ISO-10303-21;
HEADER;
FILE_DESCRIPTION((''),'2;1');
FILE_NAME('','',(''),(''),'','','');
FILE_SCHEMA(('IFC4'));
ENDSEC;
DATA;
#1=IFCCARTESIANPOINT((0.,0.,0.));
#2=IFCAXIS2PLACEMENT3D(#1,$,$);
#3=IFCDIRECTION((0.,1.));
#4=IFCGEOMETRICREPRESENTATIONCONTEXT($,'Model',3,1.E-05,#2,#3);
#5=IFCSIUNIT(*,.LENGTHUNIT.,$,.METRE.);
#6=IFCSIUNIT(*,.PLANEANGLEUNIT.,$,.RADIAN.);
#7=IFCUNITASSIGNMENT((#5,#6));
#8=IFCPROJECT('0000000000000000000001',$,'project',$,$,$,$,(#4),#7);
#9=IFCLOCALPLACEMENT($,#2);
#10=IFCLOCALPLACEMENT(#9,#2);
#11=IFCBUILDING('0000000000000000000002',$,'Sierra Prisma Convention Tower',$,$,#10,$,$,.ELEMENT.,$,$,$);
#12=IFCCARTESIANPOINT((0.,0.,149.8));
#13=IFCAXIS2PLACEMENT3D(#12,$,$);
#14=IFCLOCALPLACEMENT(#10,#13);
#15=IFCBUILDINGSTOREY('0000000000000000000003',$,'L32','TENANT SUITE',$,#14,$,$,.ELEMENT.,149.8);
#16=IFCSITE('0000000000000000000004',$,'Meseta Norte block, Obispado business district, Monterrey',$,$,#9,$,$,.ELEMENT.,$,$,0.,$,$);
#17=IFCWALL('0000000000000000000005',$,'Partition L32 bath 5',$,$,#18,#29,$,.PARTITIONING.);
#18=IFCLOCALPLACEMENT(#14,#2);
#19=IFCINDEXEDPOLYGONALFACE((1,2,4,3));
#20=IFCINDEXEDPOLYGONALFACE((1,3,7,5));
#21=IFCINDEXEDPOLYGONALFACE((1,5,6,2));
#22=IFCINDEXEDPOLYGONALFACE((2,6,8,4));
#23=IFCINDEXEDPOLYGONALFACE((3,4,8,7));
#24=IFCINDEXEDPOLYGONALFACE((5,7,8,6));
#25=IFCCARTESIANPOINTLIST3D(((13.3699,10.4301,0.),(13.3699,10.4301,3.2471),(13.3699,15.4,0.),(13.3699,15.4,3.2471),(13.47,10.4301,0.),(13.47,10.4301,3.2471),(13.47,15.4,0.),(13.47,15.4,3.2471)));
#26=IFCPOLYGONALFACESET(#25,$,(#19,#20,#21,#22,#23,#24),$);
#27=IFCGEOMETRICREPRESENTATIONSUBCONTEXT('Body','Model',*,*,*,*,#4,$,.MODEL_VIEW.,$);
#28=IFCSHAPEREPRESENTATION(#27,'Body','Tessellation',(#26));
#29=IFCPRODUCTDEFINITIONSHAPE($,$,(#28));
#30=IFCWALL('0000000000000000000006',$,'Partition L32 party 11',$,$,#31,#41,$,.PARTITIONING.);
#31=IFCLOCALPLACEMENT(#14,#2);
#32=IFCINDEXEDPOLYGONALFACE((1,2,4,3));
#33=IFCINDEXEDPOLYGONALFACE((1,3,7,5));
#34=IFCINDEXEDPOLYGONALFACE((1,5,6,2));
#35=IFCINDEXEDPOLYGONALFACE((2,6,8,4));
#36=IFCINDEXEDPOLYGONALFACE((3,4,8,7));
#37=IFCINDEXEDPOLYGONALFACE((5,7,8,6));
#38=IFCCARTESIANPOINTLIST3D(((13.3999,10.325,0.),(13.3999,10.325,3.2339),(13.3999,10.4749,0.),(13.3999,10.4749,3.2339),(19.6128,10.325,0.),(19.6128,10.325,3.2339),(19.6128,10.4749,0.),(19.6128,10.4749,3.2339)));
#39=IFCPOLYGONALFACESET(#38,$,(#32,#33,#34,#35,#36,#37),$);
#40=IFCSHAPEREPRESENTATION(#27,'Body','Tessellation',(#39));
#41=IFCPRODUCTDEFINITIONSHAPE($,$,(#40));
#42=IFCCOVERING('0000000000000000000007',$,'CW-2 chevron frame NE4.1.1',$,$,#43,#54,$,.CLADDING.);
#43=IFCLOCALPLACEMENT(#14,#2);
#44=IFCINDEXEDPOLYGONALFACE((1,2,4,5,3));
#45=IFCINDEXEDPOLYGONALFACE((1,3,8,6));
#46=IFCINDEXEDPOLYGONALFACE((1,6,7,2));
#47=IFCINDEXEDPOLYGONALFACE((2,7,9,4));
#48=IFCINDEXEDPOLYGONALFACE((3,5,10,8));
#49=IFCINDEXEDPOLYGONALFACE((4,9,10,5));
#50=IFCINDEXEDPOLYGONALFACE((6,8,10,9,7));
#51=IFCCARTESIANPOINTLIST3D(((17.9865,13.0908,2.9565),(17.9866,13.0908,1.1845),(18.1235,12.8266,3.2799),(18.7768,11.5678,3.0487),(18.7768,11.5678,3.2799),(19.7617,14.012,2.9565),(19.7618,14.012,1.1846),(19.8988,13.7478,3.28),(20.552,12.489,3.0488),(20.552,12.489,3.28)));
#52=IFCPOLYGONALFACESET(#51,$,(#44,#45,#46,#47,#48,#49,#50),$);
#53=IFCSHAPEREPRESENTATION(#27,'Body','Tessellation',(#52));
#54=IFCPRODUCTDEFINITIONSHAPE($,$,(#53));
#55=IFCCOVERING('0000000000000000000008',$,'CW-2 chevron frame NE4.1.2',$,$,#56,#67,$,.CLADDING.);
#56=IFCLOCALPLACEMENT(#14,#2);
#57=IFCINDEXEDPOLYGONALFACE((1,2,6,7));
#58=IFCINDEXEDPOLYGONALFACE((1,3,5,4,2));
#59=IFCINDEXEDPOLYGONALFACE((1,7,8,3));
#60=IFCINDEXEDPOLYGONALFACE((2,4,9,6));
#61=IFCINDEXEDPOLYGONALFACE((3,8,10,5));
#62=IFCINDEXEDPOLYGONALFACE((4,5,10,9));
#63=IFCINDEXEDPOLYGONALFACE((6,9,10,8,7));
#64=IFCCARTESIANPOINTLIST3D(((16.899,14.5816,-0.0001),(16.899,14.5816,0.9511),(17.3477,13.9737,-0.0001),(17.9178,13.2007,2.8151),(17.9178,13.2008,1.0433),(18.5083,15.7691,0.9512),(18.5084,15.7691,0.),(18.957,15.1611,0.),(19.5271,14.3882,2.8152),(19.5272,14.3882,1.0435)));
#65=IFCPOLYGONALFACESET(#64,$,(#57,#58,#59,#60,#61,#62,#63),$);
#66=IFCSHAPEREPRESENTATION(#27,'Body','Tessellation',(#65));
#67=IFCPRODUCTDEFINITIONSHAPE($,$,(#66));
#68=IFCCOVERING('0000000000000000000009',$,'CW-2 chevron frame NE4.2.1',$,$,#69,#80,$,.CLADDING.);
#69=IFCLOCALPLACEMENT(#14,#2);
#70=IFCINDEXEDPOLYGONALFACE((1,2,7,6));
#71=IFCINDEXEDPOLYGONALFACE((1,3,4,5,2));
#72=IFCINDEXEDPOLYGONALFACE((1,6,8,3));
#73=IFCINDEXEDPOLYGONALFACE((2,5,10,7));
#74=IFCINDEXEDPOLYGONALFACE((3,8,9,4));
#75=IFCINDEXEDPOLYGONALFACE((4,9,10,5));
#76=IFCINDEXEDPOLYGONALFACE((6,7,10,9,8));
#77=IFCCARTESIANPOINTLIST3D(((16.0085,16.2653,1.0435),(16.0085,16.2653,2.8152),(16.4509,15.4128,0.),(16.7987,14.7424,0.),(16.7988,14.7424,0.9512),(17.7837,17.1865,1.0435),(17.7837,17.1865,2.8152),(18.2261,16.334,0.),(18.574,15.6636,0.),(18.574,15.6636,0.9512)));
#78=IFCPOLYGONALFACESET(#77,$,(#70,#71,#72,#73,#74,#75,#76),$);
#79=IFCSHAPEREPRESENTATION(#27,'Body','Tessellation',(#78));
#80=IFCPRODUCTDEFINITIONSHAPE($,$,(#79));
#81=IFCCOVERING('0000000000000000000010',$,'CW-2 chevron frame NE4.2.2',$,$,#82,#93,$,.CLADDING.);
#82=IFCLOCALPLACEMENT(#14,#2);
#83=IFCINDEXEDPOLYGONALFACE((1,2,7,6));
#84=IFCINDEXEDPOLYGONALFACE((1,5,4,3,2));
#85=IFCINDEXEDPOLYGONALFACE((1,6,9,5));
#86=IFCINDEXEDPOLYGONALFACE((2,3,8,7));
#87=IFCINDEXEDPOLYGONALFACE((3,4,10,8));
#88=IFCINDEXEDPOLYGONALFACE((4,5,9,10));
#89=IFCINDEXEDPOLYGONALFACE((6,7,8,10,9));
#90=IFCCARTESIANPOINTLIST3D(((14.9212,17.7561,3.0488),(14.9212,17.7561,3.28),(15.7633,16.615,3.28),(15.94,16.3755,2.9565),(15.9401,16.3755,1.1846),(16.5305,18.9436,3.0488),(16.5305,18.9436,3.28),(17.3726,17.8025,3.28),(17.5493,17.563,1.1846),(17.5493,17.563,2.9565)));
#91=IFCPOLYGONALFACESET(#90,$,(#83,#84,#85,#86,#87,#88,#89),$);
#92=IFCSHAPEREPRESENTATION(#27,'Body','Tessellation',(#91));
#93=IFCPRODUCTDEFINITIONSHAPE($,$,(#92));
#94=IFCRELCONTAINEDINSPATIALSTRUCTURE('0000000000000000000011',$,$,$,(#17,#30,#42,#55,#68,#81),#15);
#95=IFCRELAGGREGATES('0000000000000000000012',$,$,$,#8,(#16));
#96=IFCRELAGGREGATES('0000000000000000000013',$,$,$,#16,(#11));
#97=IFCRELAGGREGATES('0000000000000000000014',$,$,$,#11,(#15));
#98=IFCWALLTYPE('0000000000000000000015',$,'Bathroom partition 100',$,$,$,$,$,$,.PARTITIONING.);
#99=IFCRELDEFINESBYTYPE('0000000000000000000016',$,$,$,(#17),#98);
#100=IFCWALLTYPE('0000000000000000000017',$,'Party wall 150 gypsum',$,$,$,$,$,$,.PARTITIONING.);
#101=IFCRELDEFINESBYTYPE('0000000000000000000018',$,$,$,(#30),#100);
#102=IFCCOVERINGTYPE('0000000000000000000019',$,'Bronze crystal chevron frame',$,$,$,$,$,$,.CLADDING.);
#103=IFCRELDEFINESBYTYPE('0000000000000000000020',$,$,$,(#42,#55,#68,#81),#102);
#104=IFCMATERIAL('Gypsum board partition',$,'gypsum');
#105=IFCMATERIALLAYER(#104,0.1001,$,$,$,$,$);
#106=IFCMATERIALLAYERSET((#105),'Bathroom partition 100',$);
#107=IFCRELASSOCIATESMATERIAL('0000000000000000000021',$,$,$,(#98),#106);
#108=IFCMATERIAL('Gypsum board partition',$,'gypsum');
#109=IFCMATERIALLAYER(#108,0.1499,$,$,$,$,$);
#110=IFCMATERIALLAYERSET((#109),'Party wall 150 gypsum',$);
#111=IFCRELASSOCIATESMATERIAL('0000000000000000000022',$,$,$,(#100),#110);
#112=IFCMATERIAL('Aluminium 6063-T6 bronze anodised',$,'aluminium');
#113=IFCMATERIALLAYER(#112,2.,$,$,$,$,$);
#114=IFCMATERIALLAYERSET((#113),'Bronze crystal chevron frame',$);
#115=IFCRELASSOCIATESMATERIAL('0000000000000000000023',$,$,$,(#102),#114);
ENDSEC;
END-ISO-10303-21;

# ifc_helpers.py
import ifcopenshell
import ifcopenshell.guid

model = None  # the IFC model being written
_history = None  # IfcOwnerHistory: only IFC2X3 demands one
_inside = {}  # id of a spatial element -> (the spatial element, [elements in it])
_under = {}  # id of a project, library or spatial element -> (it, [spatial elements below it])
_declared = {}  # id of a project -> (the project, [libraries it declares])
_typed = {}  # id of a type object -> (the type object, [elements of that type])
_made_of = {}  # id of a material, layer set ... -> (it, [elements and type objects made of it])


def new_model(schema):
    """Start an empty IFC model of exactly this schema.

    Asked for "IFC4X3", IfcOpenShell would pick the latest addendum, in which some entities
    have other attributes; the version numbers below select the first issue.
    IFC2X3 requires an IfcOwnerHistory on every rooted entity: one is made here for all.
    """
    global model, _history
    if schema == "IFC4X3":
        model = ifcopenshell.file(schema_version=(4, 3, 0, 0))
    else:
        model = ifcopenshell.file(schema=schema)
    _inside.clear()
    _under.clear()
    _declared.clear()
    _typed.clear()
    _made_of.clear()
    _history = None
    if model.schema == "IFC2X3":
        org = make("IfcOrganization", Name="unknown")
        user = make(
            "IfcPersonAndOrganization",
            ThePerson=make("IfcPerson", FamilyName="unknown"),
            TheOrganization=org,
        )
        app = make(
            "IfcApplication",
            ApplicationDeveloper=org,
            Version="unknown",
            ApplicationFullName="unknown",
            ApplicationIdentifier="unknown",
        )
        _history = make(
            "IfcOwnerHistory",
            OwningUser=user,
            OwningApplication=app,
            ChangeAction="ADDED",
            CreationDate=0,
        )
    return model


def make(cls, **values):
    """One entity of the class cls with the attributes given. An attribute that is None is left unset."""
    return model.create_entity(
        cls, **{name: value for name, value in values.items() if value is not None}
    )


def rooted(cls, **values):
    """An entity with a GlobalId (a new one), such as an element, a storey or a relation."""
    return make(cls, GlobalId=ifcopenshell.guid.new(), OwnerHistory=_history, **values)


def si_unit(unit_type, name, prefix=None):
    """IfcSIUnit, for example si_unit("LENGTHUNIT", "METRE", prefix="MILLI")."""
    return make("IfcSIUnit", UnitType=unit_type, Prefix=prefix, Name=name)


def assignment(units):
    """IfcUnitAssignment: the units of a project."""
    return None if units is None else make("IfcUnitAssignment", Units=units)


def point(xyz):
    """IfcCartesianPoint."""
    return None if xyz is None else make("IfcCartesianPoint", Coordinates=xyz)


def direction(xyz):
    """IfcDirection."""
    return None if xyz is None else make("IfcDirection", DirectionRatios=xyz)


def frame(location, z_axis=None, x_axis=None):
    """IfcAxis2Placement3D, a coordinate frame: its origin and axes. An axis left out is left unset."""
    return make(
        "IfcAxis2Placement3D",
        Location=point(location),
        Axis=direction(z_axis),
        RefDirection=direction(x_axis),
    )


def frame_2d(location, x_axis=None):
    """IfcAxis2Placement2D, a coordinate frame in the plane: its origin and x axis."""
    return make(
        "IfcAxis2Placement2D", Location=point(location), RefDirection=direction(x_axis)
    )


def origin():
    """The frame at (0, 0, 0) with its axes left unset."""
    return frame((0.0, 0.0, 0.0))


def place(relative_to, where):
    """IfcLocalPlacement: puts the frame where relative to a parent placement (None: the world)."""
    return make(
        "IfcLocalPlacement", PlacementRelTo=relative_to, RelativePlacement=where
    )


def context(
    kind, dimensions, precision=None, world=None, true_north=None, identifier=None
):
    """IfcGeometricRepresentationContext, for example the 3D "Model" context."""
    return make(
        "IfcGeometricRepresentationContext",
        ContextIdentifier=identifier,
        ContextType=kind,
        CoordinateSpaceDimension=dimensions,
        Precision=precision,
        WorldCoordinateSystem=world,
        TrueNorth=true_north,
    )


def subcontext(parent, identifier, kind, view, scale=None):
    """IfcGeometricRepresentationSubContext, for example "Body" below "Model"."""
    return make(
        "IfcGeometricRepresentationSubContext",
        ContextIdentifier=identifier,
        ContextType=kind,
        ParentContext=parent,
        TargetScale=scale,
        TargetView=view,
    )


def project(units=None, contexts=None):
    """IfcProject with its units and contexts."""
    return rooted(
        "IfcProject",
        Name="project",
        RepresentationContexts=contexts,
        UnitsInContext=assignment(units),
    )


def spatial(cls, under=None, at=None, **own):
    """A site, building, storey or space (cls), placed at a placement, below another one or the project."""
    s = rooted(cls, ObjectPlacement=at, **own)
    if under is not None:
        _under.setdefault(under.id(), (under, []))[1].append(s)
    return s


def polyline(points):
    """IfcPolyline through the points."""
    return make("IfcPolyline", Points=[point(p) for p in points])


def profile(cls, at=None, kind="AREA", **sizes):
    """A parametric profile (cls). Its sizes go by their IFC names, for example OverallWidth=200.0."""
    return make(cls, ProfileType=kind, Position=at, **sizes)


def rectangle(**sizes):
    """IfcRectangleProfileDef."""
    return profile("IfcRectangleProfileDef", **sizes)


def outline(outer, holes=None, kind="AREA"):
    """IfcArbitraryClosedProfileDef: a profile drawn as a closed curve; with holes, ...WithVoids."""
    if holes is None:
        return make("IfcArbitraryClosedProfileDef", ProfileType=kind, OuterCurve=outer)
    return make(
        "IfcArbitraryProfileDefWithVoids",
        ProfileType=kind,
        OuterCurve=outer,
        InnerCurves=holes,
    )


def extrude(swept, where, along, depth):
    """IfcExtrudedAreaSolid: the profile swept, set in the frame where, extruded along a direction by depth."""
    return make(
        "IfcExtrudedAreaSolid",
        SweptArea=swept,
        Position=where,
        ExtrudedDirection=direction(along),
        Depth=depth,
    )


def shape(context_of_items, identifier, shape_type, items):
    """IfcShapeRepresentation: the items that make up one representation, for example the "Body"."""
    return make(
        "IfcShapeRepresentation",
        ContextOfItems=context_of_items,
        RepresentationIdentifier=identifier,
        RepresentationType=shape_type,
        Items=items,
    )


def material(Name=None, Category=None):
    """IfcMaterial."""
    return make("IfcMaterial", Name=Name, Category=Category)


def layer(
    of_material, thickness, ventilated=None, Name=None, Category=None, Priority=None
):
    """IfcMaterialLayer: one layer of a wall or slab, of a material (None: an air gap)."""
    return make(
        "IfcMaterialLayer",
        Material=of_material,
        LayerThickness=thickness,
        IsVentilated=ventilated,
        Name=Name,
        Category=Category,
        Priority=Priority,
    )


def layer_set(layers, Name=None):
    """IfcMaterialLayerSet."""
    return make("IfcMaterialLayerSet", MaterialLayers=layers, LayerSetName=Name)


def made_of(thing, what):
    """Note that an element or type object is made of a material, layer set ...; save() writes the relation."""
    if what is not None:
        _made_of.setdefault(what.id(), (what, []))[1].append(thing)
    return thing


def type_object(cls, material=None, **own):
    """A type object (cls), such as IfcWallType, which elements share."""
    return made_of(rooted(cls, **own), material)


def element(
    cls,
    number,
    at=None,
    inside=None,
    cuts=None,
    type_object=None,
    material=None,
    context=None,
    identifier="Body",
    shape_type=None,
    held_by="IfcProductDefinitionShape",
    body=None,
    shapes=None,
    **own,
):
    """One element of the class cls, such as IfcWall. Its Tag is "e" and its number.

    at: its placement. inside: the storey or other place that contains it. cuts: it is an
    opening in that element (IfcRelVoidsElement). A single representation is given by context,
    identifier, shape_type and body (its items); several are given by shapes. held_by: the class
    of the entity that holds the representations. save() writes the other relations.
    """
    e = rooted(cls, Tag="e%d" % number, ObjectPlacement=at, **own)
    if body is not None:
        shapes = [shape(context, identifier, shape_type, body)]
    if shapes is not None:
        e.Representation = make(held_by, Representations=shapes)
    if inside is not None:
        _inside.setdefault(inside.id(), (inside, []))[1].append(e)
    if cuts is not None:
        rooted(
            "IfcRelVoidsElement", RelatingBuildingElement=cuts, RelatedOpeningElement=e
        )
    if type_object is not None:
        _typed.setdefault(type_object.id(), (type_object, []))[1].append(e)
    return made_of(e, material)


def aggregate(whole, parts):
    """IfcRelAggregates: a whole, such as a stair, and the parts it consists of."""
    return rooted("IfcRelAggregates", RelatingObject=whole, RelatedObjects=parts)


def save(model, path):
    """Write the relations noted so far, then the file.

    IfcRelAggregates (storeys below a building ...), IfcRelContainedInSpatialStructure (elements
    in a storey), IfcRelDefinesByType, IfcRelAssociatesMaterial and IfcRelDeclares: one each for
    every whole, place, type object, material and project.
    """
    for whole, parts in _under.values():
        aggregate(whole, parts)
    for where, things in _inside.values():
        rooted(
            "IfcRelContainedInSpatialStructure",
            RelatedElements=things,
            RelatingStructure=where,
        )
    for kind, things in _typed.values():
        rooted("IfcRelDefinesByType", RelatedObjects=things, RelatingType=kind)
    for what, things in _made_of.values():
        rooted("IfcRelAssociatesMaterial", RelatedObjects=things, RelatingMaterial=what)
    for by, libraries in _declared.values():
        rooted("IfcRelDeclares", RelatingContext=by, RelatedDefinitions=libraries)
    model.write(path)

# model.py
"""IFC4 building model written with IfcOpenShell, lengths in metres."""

from ifc_helpers import new_model, si_unit, direction, frame, frame_2d, origin, place, context, subcontext, project, spatial, polyline, rectangle, outline, extrude, material, layer, layer_set, type_object, element, save


model = new_model("IFC4")

# Units and contexts
model_context = context("Model", 3, precision=1e-05, world=origin(), true_north=direction((0.0, 1.0)))
body_context = subcontext(model_context, "Body", "Model", "MODEL_VIEW")
ifc_project = project(units=[si_unit("LENGTHUNIT", "METRE"), si_unit("PLANEANGLEUNIT", "RADIAN")], contexts=[model_context])

# Site, building, storey
site_placement = place(None, origin())
site = spatial("IfcSite", under=ifc_project, at=site_placement, Name="Meseta Norte block, Obispado business district, Monterrey", CompositionType="ELEMENT", RefElevation=0.0)
building_placement = place(site_placement, origin())
building = spatial("IfcBuilding", under=site, at=building_placement, Name="Sierra Prisma Convention Tower", CompositionType="ELEMENT")
storey_placement = place(building_placement, frame((0.0, 0.0, 149.8)))
storey = spatial("IfcBuildingStorey", under=building, at=storey_placement, Name="L32", Description="TENANT SUITE", CompositionType="ELEMENT", Elevation=149.8)

# Walls
ifc_material_1 = material(Name="Gypsum board partition", Category="gypsum")
ifc_layer_1 = layer(ifc_material_1, 0.1001)
ifc_layer_set_1 = layer_set([ifc_layer_1], Name="Bathroom partition 100")
wall_type_1 = type_object("IfcWallType", Name="Bathroom partition 100", PredefinedType="PARTITIONING", material=ifc_layer_set_1)
wall_1_placement = place(storey_placement, frame((13.4199, 15.3999, 0.0), z_axis=(0.0, 0.0, 1.0), x_axis=(0.0, -1.0, 0.0)))
element("IfcWall", 1, at=wall_1_placement, inside=storey, type_object=wall_type_1, Name="Partition L32 bath 5", PredefinedType="PARTITIONING", context=body_context, shape_type="SweptSolid", body=[
    extrude(rectangle(XDim=4.97, YDim=0.1001, at=frame_2d((2.4849, 0.0))), origin(), (0.0, 0.0, 1.0), 3.2471),
])
ifc_material_2 = material(Name="Gypsum board partition", Category="gypsum")
ifc_layer_2 = layer(ifc_material_2, 0.1499)
ifc_layer_set_2 = layer_set([ifc_layer_2], Name="Party wall 150 gypsum")
wall_type_2 = type_object("IfcWallType", Name="Party wall 150 gypsum", PredefinedType="PARTITIONING", material=ifc_layer_set_2)
wall_2_placement = place(storey_placement, frame((13.3999, 10.3999, 0.0), z_axis=(0.0, 0.0, 1.0), x_axis=(1.0, 0.0, 0.0)))
element("IfcWall", 2, at=wall_2_placement, inside=storey, type_object=wall_type_2, Name="Partition L32 party 11", PredefinedType="PARTITIONING", context=body_context, shape_type="SweptSolid", body=[
    extrude(rectangle(XDim=6.2129, YDim=0.1499, at=frame_2d((3.1064, 0.0))), origin(), (0.0, 0.0, 1.0), 3.2339),
])

# Coverings
ifc_material_3 = material(Name="Aluminium 6063-T6 bronze anodised", Category="aluminium")
ifc_layer_3 = layer(ifc_material_3, 2.0)
ifc_layer_set_3 = layer_set([ifc_layer_3], Name="Bronze crystal chevron frame")
covering_type = type_object("IfcCoveringType", Name="Bronze crystal chevron frame", PredefinedType="CLADDING", material=ifc_layer_set_3)
covering_1_placement = place(storey_placement, frame((20.552, 12.489, 3.28), z_axis=(0.887606, 0.460603, 0.000045), x_axis=(0.00004, 0.000021, -1.0)))
element("IfcCovering", 3, at=covering_1_placement, inside=storey, type_object=covering_type, Name="CW-2 chevron frame NE4.1.1", PredefinedType="CLADDING", context=body_context, shape_type="SweptSolid", body=[
    extrude(outline(polyline([(0.0, 0.0), (0.2312, 0.0), (2.0955, 1.7158), (0.3235, 1.7158), (0.0, 1.4182), (0.0, 0.0)])), origin(), (0.0, 0.0, -1.0), 2.0),
])
covering_2_placement = place(storey_placement, frame((19.5271, 14.3882, 2.8152), z_axis=(0.804668, 0.593725, 0.000054), x_axis=(0.000044, 0.000032, -1.0)))
element("IfcCovering", 4, at=covering_2_placement, inside=storey, type_object=covering_type, Name="CW-2 chevron frame NE4.1.2", PredefinedType="CLADDING", context=body_context, shape_type="SweptSolid", body=[
    extrude(outline(polyline([(0.0, 0.0), (1.7717, 0.0), (2.8152, 0.9604), (2.8152, 1.716), (1.864, 1.716), (0.0, 0.0)])), origin(), (0.0, 0.0, -1.0), 2.0),
])
covering_3_placement = place(storey_placement, frame((18.2261, 16.334, 0.0), z_axis=(0.887609, 0.460597, -0.000004), x_axis=(-0.311936, 0.601133, 0.735755)))
element("IfcCovering", 5, at=covering_3_placement, inside=storey, type_object=covering_type, Name="CW-2 chevron frame NE4.2.1", PredefinedType="CLADDING", context=body_context, shape_type="SweptSolid", body=[
    extrude(outline(polyline([(0.0, 0.0), (1.4182, 0.0), (2.7218, 1.1999), (0.1883, 1.1999), (-0.5115, 0.5557), (0.0, 0.0)])), origin(), (0.0, 0.0, -1.0), 2.0),
])
covering_4_placement = place(storey_placement, frame((16.5305, 18.9436, 3.28), z_axis=(0.804638, 0.593766, 0.000008), x_axis=(0.593766, -0.804638, 0.0)))
element("IfcCovering", 6, at=covering_4_placement, inside=storey, type_object=covering_type, Name="CW-2 chevron frame NE4.2.2", PredefinedType="CLADDING", context=body_context, shape_type="SweptSolid", body=[
    extrude(outline(polyline([(0.0, 0.0), (1.4182, 0.0), (1.7158, 0.3235), (1.7158, 2.0955), (0.0, 0.2312), (0.0, 0.0)])), origin(), (0.0, 0.0, -1.0), 2.0),
])

save(model, "model.ifc")
